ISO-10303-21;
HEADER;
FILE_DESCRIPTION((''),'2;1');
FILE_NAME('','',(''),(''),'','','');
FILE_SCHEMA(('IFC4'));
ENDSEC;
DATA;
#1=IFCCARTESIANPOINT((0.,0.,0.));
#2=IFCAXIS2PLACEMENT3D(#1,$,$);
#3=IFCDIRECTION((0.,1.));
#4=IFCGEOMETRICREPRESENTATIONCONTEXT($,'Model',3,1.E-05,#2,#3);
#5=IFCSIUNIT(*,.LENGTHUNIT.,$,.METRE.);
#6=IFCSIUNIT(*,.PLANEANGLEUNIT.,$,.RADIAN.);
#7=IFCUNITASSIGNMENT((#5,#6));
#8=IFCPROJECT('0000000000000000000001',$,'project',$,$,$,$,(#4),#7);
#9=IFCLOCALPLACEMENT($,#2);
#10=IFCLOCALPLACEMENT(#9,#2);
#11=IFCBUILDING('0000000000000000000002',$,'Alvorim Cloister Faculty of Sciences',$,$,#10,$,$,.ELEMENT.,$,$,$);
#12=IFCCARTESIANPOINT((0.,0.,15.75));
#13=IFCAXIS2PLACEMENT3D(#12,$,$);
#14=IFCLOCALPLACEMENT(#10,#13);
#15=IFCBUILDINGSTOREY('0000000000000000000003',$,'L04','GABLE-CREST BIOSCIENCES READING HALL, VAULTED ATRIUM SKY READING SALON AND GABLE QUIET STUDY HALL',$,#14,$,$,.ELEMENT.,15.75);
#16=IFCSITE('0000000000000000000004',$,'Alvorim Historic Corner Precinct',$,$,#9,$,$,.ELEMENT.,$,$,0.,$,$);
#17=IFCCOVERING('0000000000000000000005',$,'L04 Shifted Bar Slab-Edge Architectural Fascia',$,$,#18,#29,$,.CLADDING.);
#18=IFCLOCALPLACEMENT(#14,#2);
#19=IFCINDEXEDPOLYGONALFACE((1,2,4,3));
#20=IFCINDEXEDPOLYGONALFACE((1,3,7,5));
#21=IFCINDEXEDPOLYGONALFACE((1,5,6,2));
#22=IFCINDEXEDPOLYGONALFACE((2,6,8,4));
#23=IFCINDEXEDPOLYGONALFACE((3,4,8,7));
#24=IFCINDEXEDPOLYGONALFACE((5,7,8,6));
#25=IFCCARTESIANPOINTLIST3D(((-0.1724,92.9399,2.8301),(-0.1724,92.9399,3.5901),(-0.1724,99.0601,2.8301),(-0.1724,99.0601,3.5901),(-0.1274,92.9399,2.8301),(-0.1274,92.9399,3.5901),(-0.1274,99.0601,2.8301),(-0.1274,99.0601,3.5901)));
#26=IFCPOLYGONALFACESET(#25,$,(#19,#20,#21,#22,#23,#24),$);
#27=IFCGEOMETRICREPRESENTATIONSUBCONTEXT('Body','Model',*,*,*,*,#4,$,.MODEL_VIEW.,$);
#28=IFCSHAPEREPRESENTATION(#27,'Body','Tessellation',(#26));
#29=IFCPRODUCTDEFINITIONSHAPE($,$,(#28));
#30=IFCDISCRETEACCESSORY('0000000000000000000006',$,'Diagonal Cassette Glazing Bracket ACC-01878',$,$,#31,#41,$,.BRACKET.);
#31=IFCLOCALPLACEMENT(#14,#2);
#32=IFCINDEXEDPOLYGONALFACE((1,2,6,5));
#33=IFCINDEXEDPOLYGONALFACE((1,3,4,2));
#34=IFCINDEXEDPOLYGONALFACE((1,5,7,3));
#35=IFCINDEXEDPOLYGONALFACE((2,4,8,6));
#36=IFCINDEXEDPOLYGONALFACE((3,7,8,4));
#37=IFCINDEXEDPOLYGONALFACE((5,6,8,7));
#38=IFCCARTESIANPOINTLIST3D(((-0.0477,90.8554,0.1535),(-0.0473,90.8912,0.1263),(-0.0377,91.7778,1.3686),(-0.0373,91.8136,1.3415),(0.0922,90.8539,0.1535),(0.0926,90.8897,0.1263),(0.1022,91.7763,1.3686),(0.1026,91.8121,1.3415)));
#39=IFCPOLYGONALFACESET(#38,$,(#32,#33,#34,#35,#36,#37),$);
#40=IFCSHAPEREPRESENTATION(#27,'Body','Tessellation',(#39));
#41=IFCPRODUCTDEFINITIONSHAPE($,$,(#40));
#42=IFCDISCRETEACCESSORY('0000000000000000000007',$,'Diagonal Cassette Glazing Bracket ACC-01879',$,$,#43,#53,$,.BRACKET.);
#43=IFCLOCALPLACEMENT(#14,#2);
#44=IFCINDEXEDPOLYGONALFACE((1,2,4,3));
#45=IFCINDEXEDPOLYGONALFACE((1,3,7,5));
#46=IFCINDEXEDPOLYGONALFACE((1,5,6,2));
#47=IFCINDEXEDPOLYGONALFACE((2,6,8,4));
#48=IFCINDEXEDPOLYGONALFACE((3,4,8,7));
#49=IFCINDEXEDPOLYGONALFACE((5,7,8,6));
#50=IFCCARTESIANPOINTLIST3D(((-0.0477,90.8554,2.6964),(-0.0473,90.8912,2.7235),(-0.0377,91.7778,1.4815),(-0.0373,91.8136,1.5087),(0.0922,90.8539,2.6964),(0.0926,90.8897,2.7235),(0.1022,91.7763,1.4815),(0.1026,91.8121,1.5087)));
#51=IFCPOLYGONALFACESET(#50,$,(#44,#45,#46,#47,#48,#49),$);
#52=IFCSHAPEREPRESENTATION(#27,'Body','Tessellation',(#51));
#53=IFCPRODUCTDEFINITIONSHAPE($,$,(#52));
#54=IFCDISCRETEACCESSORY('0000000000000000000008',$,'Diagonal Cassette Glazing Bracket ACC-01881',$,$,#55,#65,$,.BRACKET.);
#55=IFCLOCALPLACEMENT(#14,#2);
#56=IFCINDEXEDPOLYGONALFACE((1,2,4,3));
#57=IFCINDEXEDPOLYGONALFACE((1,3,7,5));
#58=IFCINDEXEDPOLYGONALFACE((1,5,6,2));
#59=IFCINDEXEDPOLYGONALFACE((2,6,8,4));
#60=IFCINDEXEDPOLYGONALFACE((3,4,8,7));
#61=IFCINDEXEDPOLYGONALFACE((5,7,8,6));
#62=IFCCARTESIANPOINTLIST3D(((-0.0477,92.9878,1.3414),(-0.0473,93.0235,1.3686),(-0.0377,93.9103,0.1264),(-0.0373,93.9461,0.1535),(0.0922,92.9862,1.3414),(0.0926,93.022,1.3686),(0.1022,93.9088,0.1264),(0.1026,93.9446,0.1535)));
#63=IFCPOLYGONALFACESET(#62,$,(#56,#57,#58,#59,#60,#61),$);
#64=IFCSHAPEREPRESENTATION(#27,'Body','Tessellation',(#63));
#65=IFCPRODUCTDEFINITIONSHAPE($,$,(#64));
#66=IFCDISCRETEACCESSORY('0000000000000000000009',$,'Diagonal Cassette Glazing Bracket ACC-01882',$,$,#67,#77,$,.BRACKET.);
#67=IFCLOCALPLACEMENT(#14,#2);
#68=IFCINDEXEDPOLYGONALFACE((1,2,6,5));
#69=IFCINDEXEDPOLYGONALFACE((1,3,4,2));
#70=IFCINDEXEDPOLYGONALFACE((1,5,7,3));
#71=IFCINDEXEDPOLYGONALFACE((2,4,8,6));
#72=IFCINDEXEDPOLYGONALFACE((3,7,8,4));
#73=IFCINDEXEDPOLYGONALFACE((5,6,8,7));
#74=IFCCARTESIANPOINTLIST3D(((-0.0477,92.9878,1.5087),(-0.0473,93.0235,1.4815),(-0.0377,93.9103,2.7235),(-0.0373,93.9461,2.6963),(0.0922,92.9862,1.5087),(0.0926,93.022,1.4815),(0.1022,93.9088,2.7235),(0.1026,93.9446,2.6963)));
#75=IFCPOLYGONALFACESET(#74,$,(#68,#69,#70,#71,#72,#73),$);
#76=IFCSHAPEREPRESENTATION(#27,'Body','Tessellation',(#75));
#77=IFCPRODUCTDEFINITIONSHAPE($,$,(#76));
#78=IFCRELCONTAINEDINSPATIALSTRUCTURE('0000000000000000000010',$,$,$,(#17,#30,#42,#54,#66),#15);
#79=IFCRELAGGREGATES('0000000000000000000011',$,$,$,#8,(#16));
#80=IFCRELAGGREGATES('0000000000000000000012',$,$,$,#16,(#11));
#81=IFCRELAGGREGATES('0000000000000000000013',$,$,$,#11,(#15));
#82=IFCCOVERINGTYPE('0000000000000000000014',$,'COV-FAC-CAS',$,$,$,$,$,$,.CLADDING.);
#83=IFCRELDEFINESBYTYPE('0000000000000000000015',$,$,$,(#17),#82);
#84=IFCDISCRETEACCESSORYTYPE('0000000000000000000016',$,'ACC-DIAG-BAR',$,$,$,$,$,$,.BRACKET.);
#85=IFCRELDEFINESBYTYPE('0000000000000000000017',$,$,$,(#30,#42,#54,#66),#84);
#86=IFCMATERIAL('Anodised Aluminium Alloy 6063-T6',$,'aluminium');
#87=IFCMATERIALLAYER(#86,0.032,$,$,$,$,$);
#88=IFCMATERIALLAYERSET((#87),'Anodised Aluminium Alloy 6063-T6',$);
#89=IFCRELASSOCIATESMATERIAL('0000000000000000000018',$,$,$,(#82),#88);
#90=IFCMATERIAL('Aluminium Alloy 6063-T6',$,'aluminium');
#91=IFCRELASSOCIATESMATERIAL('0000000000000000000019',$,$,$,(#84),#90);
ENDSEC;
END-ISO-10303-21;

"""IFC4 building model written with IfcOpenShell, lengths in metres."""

from ifc_helpers import new_model, si_unit, direction, frame, origin, origin_2d, place, context, subcontext, project, spatial, polyline, rectangle, outline, extrude, material, layer, layer_set, type_object, element, save


model = new_model("IFC4")

# Units and contexts
model_context = context("Model", 3, precision=1e-05, world=origin(), true_north=direction((0.0, 1.0)))
body_context = subcontext(model_context, "Body", "Model", "MODEL_VIEW")
ifc_project = project(units=[si_unit("LENGTHUNIT", "METRE"), si_unit("PLANEANGLEUNIT", "RADIAN")], contexts=[model_context])

# Site, building, storey
site_placement = place(None, origin())
site = spatial("IfcSite", under=ifc_project, at=site_placement, Name="Alvorim Historic Corner Precinct", CompositionType="ELEMENT", RefElevation=0.0)
building_placement = place(site_placement, origin())
building = spatial("IfcBuilding", under=site, at=building_placement, Name="Alvorim Cloister Faculty of Sciences", CompositionType="ELEMENT")
storey_placement = place(building_placement, frame((0.0, 0.0, 15.75)))
storey = spatial("IfcBuildingStorey", under=building, at=storey_placement, Name="L04", Description="GABLE-CREST BIOSCIENCES READING HALL, VAULTED ATRIUM SKY READING SALON AND GABLE QUIET STUDY HALL", CompositionType="ELEMENT", Elevation=15.75)

# Shared definitions
ifc_material_1 = material(Name="Aluminium Alloy 6063-T6", Category="aluminium")

# Covering
ifc_material_2 = material(Name="Anodised Aluminium Alloy 6063-T6", Category="aluminium")
ifc_layer_1 = layer(ifc_material_2, 0.032)
ifc_layer_set_1 = layer_set([ifc_layer_1], Name="Anodised Aluminium Alloy 6063-T6")
covering_type = type_object("IfcCoveringType", Name="COV-FAC-CAS", PredefinedType="CLADDING", material=ifc_layer_set_1)
covering_placement = place(storey_placement, frame((-0.1499, 92.9399, 2.8301), z_axis=(0.0, 0.0, 1.0), x_axis=(0.0, 1.0, 0.0)))
element("IfcCovering", 1, at=covering_placement, inside=storey, type_object=covering_type, Name="L04 Shifted Bar Slab-Edge Architectural Fascia", PredefinedType="CLADDING", context=body_context, shape_type="SweptSolid", body=[
    extrude(outline(polyline([(0.0, 0.0), (6.1201, 0.0), (6.1201, 0.76), (0.0, 0.76), (0.0, 0.0)])), frame((0.0, 0.0225, 0.0), z_axis=(0.0, -1.0, 0.0), x_axis=(1.0, 0.0, 0.0)), (0.0, 0.0, 1.0), 0.0449),
])

# Discrete accessories
discrete_accessory_type = type_object("IfcDiscreteAccessoryType", Name="ACC-DIAG-BAR", PredefinedType="BRACKET", material=ifc_material_1)
discrete_accessory_1_placement = place(storey_placement, frame((0.0225, 90.8726, 0.1399), z_axis=(0.006561, 0.604612, 0.796493), x_axis=(-0.999941, 0.010852, 0.0)))
element("IfcDiscreteAccessory", 2, at=discrete_accessory_1_placement, inside=storey, type_object=discrete_accessory_type, Name="Diagonal Cassette Glazing Bracket ACC-01878", PredefinedType="BRACKET", context=body_context, shape_type="SweptSolid", body=[
    extrude(rectangle(XDim=0.1399, YDim=0.0449, at=origin_2d()), origin(), (0.0, 0.0, 1.0), 1.5256),
])
discrete_accessory_2_placement = place(storey_placement, frame((0.0225, 90.8726, 2.71), z_axis=(0.006562, 0.604689, -0.796435), x_axis=(-0.999941, 0.010852, 0.0)))
element("IfcDiscreteAccessory", 3, at=discrete_accessory_2_placement, inside=storey, type_object=discrete_accessory_type, Name="Diagonal Cassette Glazing Bracket ACC-01879", PredefinedType="BRACKET", context=body_context, shape_type="SweptSolid", body=[
    extrude(rectangle(XDim=0.1399, YDim=0.0449, at=origin_2d()), origin(), (0.0, 0.0, 1.0), 1.5254),
])
discrete_accessory_3_placement = place(storey_placement, frame((0.0225, 93.0049, 1.355), z_axis=(0.006561, 0.604713, -0.796416), x_axis=(-0.999941, 0.010849, 0.0)))
element("IfcDiscreteAccessory", 4, at=discrete_accessory_3_placement, inside=storey, type_object=discrete_accessory_type, Name="Diagonal Cassette Glazing Bracket ACC-01881", PredefinedType="BRACKET", context=body_context, shape_type="SweptSolid", body=[
    extrude(rectangle(XDim=0.1399, YDim=0.0449, at=origin_2d()), origin(), (0.0, 0.0, 1.0), 1.5256),
])
discrete_accessory_4_placement = place(storey_placement, frame((0.0225, 93.0049, 1.4951), z_axis=(0.006562, 0.60479, 0.796358), x_axis=(-0.999941, 0.010849, 0.0)))
element("IfcDiscreteAccessory", 5, at=discrete_accessory_4_placement, inside=storey, type_object=discrete_accessory_type, Name="Diagonal Cassette Glazing Bracket ACC-01882", PredefinedType="BRACKET", context=body_context, shape_type="SweptSolid", body=[
    extrude(rectangle(XDim=0.1399, YDim=0.0449, at=origin_2d()), origin(), (0.0, 0.0, 1.0), 1.5254),
])

save(model, "model.ifc")
